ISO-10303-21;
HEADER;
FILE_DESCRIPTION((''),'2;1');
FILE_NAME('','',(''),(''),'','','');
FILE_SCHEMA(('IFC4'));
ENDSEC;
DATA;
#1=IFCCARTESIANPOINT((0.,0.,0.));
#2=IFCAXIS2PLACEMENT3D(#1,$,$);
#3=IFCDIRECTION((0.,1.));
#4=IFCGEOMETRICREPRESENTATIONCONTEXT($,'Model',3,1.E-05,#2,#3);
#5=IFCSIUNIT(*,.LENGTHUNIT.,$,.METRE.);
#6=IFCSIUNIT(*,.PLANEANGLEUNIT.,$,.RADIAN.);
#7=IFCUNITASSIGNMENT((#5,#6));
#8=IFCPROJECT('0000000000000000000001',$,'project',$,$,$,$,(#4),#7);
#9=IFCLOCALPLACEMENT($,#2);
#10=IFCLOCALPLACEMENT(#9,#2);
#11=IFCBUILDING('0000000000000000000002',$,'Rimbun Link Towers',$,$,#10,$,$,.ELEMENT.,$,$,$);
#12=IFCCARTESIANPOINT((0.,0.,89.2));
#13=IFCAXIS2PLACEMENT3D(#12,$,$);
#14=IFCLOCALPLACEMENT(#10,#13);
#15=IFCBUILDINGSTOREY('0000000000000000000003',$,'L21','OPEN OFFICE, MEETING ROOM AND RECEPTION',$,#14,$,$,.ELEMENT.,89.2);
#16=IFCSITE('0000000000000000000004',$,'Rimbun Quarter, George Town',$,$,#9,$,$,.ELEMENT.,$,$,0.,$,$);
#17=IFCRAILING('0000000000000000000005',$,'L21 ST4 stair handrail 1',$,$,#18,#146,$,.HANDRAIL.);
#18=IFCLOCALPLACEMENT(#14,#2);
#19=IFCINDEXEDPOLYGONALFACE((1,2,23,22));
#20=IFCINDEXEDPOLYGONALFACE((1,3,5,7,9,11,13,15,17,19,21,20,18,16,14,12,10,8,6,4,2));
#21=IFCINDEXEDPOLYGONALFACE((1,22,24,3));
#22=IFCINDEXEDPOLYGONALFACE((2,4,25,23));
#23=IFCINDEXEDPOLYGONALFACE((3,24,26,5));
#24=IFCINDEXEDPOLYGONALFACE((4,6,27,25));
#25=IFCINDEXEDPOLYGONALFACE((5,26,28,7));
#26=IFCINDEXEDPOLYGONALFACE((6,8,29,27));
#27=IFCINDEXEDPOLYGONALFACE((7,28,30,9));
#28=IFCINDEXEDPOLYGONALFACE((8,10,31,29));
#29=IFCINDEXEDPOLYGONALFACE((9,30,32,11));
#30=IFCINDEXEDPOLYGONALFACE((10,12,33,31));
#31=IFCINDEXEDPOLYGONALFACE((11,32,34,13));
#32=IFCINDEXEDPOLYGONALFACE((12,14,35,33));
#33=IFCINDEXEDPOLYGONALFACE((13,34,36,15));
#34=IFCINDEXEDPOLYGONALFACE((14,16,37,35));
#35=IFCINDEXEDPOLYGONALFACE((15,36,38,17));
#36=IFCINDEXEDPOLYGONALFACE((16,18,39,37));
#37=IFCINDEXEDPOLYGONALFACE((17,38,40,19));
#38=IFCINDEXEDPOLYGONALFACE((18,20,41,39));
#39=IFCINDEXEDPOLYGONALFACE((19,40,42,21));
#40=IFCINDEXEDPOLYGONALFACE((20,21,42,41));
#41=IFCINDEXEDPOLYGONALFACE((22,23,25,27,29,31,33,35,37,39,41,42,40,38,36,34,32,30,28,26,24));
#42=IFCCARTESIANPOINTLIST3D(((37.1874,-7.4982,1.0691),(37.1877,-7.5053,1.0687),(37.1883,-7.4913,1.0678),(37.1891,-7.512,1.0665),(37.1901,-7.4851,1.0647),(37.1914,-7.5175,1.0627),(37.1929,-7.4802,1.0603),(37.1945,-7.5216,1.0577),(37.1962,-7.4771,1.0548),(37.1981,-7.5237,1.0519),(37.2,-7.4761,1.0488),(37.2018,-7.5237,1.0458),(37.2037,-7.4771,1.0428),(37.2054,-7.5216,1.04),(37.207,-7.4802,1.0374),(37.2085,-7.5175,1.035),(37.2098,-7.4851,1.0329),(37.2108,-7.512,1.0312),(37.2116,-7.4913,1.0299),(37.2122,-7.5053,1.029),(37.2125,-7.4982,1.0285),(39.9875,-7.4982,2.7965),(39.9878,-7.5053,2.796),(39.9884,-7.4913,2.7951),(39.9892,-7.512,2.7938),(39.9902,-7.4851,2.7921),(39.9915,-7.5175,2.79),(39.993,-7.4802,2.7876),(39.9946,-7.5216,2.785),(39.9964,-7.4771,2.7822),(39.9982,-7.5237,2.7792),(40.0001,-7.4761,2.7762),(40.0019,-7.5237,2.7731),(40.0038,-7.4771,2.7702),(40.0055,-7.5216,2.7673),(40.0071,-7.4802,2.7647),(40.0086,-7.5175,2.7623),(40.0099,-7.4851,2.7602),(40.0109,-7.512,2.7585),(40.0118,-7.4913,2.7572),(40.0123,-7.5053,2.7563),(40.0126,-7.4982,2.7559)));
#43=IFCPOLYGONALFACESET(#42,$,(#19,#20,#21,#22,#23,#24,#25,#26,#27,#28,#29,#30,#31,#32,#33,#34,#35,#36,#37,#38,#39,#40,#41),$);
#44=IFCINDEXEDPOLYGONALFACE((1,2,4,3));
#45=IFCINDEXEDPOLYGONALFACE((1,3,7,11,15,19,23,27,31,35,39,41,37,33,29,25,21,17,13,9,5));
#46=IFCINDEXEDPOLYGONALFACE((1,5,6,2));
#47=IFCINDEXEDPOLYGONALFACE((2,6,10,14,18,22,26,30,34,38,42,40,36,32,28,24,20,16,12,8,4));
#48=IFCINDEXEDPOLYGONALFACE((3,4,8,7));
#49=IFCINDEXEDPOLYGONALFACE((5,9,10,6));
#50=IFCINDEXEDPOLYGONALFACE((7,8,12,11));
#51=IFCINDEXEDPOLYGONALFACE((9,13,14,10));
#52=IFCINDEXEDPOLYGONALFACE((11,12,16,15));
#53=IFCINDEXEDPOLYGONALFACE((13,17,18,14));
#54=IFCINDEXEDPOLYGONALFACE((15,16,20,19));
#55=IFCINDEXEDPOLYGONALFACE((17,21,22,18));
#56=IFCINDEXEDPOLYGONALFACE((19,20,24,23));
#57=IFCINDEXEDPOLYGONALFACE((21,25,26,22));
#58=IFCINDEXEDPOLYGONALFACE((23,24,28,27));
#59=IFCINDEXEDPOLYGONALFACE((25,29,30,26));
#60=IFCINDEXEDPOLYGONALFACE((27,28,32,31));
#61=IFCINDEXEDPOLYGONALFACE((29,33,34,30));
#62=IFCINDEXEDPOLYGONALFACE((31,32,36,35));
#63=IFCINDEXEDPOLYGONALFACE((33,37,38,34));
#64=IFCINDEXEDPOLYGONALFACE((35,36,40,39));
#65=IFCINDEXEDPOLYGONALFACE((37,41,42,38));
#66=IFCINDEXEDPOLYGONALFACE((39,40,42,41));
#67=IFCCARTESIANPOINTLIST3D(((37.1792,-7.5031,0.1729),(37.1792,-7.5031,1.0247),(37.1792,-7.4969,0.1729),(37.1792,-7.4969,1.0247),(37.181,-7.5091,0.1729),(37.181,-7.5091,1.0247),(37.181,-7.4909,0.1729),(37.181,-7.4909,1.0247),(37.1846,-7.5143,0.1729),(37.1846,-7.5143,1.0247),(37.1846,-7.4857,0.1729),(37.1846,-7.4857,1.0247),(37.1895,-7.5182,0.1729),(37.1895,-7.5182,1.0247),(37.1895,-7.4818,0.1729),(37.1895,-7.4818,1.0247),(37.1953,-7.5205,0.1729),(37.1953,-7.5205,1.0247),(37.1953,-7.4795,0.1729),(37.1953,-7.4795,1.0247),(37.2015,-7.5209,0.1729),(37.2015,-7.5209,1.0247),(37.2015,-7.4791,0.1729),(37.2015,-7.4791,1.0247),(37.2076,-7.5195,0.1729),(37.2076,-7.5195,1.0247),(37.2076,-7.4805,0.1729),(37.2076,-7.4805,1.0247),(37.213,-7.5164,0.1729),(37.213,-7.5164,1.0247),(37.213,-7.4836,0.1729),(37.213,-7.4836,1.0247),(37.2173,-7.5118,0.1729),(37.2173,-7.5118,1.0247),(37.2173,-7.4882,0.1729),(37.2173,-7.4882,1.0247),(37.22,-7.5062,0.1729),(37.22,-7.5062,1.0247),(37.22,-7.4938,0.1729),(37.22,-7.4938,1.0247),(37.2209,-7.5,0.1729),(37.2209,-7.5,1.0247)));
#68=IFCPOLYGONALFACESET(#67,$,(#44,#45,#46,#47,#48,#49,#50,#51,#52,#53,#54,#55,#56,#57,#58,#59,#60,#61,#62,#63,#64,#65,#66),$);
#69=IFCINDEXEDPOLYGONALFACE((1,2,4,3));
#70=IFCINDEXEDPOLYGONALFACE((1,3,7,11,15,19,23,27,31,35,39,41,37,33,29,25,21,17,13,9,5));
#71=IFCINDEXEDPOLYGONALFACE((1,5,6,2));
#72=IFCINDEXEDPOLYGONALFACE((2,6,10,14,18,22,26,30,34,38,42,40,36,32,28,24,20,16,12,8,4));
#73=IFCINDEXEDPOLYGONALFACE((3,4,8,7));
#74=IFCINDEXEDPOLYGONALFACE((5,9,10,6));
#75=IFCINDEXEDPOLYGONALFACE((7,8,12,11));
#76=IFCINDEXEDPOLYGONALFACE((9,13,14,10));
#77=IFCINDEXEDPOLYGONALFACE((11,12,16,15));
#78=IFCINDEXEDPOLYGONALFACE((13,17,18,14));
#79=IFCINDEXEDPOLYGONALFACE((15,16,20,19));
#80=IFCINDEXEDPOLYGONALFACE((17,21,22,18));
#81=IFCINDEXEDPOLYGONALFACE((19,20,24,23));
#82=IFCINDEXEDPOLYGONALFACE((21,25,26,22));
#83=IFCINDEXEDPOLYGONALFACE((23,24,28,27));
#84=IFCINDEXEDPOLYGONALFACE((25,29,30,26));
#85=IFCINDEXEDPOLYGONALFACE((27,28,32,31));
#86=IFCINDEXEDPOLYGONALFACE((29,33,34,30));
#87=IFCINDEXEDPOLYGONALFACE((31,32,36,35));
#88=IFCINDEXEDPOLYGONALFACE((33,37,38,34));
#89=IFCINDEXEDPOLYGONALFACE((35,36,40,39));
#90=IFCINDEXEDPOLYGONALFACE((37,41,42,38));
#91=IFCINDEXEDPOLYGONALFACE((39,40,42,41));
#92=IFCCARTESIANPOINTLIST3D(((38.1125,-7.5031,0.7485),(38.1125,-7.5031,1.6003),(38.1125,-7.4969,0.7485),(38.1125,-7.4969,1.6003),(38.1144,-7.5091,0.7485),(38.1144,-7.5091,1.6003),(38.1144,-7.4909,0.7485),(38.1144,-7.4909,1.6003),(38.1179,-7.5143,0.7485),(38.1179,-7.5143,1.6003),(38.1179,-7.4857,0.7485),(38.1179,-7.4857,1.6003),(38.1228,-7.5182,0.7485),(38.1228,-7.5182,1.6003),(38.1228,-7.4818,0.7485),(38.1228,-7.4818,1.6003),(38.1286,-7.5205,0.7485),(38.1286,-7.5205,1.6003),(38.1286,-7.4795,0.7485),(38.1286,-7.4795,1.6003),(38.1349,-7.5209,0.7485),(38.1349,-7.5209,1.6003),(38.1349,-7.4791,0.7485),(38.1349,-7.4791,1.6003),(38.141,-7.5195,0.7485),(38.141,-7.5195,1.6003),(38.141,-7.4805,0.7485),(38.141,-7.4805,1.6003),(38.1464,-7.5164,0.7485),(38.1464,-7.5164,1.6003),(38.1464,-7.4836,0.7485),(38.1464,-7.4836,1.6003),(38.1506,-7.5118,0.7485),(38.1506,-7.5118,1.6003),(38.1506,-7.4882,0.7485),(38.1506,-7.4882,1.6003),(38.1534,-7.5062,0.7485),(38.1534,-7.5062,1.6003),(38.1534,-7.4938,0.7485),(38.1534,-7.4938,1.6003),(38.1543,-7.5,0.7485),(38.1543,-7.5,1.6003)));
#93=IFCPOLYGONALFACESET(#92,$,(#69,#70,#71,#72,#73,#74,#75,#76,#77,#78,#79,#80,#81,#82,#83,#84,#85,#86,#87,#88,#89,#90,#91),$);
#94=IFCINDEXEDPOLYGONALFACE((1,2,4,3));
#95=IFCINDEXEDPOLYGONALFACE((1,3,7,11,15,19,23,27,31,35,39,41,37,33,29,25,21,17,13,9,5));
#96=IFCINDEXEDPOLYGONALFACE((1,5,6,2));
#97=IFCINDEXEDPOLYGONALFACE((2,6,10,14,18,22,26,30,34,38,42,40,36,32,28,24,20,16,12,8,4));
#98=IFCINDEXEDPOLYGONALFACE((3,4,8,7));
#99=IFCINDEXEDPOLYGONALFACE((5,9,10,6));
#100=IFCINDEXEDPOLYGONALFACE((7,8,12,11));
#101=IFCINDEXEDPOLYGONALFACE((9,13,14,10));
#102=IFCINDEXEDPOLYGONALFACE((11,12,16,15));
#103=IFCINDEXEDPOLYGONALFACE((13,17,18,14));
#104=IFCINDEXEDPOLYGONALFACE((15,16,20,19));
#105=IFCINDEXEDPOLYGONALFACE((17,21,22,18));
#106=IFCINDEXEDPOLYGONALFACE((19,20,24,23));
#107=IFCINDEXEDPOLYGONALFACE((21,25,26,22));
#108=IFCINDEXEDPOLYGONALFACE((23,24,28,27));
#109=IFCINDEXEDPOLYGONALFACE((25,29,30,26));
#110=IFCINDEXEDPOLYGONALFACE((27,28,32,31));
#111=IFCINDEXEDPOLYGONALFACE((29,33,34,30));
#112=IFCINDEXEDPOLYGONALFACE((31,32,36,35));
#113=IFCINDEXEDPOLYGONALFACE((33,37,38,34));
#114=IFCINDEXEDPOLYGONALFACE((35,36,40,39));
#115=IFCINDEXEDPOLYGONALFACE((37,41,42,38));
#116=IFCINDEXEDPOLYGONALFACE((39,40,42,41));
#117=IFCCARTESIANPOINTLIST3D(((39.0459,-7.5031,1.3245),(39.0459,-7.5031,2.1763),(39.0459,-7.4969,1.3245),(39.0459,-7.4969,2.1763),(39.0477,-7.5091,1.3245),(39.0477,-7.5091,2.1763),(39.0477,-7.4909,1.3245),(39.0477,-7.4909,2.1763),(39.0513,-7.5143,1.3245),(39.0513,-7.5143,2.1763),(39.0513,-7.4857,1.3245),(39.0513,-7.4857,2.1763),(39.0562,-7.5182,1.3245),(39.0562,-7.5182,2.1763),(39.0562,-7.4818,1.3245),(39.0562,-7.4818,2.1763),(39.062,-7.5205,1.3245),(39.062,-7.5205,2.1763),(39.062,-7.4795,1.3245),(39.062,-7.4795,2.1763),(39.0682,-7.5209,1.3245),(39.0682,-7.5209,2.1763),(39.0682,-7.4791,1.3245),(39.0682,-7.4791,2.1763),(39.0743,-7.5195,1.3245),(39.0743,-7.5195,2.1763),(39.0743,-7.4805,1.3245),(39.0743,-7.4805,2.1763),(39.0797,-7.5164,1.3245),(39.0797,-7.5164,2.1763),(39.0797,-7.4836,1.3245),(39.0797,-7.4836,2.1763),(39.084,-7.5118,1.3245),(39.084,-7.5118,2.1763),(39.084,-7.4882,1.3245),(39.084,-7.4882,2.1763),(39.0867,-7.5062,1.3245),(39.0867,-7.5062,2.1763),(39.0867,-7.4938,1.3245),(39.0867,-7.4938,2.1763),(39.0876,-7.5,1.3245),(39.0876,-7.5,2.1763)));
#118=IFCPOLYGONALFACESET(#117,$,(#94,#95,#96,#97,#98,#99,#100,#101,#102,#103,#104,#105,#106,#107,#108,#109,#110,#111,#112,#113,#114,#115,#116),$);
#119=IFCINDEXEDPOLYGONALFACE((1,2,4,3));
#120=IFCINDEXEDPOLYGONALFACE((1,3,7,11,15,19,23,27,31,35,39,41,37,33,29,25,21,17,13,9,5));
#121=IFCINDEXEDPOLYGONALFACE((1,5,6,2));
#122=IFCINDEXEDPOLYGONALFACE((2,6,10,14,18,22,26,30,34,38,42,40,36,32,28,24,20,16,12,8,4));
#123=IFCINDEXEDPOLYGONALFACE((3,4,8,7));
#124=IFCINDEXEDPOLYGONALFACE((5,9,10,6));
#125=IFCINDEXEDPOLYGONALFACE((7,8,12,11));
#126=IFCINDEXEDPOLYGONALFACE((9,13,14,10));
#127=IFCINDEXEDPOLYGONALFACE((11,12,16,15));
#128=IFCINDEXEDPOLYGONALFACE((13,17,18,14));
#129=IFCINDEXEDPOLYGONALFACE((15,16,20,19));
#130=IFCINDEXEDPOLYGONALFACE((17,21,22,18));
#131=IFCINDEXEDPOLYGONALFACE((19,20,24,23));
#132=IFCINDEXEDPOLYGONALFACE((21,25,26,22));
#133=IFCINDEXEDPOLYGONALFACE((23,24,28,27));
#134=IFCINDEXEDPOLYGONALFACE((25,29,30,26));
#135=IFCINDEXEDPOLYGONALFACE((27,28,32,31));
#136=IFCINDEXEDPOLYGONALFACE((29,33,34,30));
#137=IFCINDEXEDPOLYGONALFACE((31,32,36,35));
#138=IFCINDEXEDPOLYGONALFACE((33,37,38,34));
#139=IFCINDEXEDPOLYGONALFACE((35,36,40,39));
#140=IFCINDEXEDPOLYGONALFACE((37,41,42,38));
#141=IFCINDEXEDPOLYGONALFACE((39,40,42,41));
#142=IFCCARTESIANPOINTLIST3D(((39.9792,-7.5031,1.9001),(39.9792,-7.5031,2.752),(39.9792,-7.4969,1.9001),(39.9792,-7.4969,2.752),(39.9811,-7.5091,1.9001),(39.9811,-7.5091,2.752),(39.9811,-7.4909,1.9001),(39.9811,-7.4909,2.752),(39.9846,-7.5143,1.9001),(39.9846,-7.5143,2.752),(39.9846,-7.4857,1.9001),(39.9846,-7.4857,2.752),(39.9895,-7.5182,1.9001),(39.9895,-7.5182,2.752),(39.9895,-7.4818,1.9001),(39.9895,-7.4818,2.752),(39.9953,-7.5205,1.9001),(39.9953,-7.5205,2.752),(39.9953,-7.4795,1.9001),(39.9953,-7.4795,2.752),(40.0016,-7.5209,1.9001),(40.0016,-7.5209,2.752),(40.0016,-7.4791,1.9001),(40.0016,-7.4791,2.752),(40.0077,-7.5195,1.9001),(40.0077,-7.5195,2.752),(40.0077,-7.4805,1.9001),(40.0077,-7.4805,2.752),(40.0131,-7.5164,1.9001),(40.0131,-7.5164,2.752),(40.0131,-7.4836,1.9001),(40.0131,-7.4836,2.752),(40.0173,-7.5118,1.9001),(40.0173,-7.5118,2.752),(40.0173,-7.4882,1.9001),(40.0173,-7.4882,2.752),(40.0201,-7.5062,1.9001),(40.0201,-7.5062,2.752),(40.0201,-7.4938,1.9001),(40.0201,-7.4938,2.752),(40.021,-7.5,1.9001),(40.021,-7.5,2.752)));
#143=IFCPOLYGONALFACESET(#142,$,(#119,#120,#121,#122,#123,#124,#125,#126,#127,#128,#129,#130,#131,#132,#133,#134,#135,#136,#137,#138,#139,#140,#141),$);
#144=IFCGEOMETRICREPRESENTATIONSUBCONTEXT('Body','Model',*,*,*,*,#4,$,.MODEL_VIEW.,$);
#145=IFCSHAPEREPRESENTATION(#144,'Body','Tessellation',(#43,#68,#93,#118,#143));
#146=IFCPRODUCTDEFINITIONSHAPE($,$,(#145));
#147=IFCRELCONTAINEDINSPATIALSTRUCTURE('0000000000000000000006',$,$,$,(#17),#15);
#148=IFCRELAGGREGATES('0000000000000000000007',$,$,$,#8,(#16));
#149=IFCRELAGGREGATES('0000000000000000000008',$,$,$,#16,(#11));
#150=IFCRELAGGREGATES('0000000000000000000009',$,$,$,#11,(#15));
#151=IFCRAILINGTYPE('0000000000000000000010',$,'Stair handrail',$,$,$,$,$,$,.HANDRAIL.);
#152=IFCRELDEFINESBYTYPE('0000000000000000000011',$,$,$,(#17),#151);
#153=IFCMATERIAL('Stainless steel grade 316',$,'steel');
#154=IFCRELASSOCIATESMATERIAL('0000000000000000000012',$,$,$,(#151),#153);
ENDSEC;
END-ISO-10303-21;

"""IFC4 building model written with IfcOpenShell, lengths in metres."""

from ifc_helpers import new_model, si_unit, direction, frame, origin, origin_2d, place, context, subcontext, project, spatial, circle, extrude, material, type_object, element, save


model = new_model("IFC4")

# Units and contexts
model_context = context("Model", 3, precision=1e-05, world=origin(), true_north=direction((0.0, 1.0)))
body_context = subcontext(model_context, "Body", "Model", "MODEL_VIEW")
ifc_project = project(units=[si_unit("LENGTHUNIT", "METRE"), si_unit("PLANEANGLEUNIT", "RADIAN")], contexts=[model_context])

# Site, building, storey
site_placement = place(None, origin())
site = spatial("IfcSite", under=ifc_project, at=site_placement, Name="Rimbun Quarter, George Town", CompositionType="ELEMENT", RefElevation=0.0)
building_placement = place(site_placement, origin())
building = spatial("IfcBuilding", under=site, at=building_placement, Name="Rimbun Link Towers", CompositionType="ELEMENT")
storey_placement = place(building_placement, frame((0.0, 0.0, 89.2)))
storey = spatial("IfcBuildingStorey", under=building, at=storey_placement, Name="L21", Description="OPEN OFFICE, MEETING ROOM AND RECEPTION", CompositionType="ELEMENT", Elevation=89.2)

# Railing
ifc_material_1 = material(Name="Stainless steel grade 316", Category="steel")
railing_type_1 = type_object("IfcRailingType", Name="Stair handrail", PredefinedType="HANDRAIL", material=ifc_material_1)
railing_1_placement = place(storey_placement, frame((37.2, -7.5, 0.1729)))
element("IfcRailing", 1, at=railing_1_placement, inside=storey, type_object=railing_type_1, Name="L21 ST4 stair handrail 1", PredefinedType="HANDRAIL", context=body_context, shape_type="SweptSolid", body=[
    extrude(circle(Radius=0.0239, at=origin_2d()), frame((0.0, 0.0, 0.876), z_axis=(0.85109, 0.0, 0.52502), x_axis=(0.0, 1.0, 0.0)), (0.0, 0.0, 1.0), 3.29),
    extrude(circle(Radius=0.021, at=origin_2d()), origin(), (0.0, 0.0, 1.0), 0.8518),
    extrude(circle(Radius=0.021, at=origin_2d()), frame((0.9333, 0.0, 0.5757)), (0.0, 0.0, 1.0), 0.8518),
    extrude(circle(Radius=0.021, at=origin_2d()), frame((1.8667, 0.0, 1.1516)), (0.0, 0.0, 1.0), 0.8518),
    extrude(circle(Radius=0.021, at=origin_2d()), frame((2.8, 0.0, 1.7273)), (0.0, 0.0, 1.0), 0.8518),
])

save(model, "model.ifc")
